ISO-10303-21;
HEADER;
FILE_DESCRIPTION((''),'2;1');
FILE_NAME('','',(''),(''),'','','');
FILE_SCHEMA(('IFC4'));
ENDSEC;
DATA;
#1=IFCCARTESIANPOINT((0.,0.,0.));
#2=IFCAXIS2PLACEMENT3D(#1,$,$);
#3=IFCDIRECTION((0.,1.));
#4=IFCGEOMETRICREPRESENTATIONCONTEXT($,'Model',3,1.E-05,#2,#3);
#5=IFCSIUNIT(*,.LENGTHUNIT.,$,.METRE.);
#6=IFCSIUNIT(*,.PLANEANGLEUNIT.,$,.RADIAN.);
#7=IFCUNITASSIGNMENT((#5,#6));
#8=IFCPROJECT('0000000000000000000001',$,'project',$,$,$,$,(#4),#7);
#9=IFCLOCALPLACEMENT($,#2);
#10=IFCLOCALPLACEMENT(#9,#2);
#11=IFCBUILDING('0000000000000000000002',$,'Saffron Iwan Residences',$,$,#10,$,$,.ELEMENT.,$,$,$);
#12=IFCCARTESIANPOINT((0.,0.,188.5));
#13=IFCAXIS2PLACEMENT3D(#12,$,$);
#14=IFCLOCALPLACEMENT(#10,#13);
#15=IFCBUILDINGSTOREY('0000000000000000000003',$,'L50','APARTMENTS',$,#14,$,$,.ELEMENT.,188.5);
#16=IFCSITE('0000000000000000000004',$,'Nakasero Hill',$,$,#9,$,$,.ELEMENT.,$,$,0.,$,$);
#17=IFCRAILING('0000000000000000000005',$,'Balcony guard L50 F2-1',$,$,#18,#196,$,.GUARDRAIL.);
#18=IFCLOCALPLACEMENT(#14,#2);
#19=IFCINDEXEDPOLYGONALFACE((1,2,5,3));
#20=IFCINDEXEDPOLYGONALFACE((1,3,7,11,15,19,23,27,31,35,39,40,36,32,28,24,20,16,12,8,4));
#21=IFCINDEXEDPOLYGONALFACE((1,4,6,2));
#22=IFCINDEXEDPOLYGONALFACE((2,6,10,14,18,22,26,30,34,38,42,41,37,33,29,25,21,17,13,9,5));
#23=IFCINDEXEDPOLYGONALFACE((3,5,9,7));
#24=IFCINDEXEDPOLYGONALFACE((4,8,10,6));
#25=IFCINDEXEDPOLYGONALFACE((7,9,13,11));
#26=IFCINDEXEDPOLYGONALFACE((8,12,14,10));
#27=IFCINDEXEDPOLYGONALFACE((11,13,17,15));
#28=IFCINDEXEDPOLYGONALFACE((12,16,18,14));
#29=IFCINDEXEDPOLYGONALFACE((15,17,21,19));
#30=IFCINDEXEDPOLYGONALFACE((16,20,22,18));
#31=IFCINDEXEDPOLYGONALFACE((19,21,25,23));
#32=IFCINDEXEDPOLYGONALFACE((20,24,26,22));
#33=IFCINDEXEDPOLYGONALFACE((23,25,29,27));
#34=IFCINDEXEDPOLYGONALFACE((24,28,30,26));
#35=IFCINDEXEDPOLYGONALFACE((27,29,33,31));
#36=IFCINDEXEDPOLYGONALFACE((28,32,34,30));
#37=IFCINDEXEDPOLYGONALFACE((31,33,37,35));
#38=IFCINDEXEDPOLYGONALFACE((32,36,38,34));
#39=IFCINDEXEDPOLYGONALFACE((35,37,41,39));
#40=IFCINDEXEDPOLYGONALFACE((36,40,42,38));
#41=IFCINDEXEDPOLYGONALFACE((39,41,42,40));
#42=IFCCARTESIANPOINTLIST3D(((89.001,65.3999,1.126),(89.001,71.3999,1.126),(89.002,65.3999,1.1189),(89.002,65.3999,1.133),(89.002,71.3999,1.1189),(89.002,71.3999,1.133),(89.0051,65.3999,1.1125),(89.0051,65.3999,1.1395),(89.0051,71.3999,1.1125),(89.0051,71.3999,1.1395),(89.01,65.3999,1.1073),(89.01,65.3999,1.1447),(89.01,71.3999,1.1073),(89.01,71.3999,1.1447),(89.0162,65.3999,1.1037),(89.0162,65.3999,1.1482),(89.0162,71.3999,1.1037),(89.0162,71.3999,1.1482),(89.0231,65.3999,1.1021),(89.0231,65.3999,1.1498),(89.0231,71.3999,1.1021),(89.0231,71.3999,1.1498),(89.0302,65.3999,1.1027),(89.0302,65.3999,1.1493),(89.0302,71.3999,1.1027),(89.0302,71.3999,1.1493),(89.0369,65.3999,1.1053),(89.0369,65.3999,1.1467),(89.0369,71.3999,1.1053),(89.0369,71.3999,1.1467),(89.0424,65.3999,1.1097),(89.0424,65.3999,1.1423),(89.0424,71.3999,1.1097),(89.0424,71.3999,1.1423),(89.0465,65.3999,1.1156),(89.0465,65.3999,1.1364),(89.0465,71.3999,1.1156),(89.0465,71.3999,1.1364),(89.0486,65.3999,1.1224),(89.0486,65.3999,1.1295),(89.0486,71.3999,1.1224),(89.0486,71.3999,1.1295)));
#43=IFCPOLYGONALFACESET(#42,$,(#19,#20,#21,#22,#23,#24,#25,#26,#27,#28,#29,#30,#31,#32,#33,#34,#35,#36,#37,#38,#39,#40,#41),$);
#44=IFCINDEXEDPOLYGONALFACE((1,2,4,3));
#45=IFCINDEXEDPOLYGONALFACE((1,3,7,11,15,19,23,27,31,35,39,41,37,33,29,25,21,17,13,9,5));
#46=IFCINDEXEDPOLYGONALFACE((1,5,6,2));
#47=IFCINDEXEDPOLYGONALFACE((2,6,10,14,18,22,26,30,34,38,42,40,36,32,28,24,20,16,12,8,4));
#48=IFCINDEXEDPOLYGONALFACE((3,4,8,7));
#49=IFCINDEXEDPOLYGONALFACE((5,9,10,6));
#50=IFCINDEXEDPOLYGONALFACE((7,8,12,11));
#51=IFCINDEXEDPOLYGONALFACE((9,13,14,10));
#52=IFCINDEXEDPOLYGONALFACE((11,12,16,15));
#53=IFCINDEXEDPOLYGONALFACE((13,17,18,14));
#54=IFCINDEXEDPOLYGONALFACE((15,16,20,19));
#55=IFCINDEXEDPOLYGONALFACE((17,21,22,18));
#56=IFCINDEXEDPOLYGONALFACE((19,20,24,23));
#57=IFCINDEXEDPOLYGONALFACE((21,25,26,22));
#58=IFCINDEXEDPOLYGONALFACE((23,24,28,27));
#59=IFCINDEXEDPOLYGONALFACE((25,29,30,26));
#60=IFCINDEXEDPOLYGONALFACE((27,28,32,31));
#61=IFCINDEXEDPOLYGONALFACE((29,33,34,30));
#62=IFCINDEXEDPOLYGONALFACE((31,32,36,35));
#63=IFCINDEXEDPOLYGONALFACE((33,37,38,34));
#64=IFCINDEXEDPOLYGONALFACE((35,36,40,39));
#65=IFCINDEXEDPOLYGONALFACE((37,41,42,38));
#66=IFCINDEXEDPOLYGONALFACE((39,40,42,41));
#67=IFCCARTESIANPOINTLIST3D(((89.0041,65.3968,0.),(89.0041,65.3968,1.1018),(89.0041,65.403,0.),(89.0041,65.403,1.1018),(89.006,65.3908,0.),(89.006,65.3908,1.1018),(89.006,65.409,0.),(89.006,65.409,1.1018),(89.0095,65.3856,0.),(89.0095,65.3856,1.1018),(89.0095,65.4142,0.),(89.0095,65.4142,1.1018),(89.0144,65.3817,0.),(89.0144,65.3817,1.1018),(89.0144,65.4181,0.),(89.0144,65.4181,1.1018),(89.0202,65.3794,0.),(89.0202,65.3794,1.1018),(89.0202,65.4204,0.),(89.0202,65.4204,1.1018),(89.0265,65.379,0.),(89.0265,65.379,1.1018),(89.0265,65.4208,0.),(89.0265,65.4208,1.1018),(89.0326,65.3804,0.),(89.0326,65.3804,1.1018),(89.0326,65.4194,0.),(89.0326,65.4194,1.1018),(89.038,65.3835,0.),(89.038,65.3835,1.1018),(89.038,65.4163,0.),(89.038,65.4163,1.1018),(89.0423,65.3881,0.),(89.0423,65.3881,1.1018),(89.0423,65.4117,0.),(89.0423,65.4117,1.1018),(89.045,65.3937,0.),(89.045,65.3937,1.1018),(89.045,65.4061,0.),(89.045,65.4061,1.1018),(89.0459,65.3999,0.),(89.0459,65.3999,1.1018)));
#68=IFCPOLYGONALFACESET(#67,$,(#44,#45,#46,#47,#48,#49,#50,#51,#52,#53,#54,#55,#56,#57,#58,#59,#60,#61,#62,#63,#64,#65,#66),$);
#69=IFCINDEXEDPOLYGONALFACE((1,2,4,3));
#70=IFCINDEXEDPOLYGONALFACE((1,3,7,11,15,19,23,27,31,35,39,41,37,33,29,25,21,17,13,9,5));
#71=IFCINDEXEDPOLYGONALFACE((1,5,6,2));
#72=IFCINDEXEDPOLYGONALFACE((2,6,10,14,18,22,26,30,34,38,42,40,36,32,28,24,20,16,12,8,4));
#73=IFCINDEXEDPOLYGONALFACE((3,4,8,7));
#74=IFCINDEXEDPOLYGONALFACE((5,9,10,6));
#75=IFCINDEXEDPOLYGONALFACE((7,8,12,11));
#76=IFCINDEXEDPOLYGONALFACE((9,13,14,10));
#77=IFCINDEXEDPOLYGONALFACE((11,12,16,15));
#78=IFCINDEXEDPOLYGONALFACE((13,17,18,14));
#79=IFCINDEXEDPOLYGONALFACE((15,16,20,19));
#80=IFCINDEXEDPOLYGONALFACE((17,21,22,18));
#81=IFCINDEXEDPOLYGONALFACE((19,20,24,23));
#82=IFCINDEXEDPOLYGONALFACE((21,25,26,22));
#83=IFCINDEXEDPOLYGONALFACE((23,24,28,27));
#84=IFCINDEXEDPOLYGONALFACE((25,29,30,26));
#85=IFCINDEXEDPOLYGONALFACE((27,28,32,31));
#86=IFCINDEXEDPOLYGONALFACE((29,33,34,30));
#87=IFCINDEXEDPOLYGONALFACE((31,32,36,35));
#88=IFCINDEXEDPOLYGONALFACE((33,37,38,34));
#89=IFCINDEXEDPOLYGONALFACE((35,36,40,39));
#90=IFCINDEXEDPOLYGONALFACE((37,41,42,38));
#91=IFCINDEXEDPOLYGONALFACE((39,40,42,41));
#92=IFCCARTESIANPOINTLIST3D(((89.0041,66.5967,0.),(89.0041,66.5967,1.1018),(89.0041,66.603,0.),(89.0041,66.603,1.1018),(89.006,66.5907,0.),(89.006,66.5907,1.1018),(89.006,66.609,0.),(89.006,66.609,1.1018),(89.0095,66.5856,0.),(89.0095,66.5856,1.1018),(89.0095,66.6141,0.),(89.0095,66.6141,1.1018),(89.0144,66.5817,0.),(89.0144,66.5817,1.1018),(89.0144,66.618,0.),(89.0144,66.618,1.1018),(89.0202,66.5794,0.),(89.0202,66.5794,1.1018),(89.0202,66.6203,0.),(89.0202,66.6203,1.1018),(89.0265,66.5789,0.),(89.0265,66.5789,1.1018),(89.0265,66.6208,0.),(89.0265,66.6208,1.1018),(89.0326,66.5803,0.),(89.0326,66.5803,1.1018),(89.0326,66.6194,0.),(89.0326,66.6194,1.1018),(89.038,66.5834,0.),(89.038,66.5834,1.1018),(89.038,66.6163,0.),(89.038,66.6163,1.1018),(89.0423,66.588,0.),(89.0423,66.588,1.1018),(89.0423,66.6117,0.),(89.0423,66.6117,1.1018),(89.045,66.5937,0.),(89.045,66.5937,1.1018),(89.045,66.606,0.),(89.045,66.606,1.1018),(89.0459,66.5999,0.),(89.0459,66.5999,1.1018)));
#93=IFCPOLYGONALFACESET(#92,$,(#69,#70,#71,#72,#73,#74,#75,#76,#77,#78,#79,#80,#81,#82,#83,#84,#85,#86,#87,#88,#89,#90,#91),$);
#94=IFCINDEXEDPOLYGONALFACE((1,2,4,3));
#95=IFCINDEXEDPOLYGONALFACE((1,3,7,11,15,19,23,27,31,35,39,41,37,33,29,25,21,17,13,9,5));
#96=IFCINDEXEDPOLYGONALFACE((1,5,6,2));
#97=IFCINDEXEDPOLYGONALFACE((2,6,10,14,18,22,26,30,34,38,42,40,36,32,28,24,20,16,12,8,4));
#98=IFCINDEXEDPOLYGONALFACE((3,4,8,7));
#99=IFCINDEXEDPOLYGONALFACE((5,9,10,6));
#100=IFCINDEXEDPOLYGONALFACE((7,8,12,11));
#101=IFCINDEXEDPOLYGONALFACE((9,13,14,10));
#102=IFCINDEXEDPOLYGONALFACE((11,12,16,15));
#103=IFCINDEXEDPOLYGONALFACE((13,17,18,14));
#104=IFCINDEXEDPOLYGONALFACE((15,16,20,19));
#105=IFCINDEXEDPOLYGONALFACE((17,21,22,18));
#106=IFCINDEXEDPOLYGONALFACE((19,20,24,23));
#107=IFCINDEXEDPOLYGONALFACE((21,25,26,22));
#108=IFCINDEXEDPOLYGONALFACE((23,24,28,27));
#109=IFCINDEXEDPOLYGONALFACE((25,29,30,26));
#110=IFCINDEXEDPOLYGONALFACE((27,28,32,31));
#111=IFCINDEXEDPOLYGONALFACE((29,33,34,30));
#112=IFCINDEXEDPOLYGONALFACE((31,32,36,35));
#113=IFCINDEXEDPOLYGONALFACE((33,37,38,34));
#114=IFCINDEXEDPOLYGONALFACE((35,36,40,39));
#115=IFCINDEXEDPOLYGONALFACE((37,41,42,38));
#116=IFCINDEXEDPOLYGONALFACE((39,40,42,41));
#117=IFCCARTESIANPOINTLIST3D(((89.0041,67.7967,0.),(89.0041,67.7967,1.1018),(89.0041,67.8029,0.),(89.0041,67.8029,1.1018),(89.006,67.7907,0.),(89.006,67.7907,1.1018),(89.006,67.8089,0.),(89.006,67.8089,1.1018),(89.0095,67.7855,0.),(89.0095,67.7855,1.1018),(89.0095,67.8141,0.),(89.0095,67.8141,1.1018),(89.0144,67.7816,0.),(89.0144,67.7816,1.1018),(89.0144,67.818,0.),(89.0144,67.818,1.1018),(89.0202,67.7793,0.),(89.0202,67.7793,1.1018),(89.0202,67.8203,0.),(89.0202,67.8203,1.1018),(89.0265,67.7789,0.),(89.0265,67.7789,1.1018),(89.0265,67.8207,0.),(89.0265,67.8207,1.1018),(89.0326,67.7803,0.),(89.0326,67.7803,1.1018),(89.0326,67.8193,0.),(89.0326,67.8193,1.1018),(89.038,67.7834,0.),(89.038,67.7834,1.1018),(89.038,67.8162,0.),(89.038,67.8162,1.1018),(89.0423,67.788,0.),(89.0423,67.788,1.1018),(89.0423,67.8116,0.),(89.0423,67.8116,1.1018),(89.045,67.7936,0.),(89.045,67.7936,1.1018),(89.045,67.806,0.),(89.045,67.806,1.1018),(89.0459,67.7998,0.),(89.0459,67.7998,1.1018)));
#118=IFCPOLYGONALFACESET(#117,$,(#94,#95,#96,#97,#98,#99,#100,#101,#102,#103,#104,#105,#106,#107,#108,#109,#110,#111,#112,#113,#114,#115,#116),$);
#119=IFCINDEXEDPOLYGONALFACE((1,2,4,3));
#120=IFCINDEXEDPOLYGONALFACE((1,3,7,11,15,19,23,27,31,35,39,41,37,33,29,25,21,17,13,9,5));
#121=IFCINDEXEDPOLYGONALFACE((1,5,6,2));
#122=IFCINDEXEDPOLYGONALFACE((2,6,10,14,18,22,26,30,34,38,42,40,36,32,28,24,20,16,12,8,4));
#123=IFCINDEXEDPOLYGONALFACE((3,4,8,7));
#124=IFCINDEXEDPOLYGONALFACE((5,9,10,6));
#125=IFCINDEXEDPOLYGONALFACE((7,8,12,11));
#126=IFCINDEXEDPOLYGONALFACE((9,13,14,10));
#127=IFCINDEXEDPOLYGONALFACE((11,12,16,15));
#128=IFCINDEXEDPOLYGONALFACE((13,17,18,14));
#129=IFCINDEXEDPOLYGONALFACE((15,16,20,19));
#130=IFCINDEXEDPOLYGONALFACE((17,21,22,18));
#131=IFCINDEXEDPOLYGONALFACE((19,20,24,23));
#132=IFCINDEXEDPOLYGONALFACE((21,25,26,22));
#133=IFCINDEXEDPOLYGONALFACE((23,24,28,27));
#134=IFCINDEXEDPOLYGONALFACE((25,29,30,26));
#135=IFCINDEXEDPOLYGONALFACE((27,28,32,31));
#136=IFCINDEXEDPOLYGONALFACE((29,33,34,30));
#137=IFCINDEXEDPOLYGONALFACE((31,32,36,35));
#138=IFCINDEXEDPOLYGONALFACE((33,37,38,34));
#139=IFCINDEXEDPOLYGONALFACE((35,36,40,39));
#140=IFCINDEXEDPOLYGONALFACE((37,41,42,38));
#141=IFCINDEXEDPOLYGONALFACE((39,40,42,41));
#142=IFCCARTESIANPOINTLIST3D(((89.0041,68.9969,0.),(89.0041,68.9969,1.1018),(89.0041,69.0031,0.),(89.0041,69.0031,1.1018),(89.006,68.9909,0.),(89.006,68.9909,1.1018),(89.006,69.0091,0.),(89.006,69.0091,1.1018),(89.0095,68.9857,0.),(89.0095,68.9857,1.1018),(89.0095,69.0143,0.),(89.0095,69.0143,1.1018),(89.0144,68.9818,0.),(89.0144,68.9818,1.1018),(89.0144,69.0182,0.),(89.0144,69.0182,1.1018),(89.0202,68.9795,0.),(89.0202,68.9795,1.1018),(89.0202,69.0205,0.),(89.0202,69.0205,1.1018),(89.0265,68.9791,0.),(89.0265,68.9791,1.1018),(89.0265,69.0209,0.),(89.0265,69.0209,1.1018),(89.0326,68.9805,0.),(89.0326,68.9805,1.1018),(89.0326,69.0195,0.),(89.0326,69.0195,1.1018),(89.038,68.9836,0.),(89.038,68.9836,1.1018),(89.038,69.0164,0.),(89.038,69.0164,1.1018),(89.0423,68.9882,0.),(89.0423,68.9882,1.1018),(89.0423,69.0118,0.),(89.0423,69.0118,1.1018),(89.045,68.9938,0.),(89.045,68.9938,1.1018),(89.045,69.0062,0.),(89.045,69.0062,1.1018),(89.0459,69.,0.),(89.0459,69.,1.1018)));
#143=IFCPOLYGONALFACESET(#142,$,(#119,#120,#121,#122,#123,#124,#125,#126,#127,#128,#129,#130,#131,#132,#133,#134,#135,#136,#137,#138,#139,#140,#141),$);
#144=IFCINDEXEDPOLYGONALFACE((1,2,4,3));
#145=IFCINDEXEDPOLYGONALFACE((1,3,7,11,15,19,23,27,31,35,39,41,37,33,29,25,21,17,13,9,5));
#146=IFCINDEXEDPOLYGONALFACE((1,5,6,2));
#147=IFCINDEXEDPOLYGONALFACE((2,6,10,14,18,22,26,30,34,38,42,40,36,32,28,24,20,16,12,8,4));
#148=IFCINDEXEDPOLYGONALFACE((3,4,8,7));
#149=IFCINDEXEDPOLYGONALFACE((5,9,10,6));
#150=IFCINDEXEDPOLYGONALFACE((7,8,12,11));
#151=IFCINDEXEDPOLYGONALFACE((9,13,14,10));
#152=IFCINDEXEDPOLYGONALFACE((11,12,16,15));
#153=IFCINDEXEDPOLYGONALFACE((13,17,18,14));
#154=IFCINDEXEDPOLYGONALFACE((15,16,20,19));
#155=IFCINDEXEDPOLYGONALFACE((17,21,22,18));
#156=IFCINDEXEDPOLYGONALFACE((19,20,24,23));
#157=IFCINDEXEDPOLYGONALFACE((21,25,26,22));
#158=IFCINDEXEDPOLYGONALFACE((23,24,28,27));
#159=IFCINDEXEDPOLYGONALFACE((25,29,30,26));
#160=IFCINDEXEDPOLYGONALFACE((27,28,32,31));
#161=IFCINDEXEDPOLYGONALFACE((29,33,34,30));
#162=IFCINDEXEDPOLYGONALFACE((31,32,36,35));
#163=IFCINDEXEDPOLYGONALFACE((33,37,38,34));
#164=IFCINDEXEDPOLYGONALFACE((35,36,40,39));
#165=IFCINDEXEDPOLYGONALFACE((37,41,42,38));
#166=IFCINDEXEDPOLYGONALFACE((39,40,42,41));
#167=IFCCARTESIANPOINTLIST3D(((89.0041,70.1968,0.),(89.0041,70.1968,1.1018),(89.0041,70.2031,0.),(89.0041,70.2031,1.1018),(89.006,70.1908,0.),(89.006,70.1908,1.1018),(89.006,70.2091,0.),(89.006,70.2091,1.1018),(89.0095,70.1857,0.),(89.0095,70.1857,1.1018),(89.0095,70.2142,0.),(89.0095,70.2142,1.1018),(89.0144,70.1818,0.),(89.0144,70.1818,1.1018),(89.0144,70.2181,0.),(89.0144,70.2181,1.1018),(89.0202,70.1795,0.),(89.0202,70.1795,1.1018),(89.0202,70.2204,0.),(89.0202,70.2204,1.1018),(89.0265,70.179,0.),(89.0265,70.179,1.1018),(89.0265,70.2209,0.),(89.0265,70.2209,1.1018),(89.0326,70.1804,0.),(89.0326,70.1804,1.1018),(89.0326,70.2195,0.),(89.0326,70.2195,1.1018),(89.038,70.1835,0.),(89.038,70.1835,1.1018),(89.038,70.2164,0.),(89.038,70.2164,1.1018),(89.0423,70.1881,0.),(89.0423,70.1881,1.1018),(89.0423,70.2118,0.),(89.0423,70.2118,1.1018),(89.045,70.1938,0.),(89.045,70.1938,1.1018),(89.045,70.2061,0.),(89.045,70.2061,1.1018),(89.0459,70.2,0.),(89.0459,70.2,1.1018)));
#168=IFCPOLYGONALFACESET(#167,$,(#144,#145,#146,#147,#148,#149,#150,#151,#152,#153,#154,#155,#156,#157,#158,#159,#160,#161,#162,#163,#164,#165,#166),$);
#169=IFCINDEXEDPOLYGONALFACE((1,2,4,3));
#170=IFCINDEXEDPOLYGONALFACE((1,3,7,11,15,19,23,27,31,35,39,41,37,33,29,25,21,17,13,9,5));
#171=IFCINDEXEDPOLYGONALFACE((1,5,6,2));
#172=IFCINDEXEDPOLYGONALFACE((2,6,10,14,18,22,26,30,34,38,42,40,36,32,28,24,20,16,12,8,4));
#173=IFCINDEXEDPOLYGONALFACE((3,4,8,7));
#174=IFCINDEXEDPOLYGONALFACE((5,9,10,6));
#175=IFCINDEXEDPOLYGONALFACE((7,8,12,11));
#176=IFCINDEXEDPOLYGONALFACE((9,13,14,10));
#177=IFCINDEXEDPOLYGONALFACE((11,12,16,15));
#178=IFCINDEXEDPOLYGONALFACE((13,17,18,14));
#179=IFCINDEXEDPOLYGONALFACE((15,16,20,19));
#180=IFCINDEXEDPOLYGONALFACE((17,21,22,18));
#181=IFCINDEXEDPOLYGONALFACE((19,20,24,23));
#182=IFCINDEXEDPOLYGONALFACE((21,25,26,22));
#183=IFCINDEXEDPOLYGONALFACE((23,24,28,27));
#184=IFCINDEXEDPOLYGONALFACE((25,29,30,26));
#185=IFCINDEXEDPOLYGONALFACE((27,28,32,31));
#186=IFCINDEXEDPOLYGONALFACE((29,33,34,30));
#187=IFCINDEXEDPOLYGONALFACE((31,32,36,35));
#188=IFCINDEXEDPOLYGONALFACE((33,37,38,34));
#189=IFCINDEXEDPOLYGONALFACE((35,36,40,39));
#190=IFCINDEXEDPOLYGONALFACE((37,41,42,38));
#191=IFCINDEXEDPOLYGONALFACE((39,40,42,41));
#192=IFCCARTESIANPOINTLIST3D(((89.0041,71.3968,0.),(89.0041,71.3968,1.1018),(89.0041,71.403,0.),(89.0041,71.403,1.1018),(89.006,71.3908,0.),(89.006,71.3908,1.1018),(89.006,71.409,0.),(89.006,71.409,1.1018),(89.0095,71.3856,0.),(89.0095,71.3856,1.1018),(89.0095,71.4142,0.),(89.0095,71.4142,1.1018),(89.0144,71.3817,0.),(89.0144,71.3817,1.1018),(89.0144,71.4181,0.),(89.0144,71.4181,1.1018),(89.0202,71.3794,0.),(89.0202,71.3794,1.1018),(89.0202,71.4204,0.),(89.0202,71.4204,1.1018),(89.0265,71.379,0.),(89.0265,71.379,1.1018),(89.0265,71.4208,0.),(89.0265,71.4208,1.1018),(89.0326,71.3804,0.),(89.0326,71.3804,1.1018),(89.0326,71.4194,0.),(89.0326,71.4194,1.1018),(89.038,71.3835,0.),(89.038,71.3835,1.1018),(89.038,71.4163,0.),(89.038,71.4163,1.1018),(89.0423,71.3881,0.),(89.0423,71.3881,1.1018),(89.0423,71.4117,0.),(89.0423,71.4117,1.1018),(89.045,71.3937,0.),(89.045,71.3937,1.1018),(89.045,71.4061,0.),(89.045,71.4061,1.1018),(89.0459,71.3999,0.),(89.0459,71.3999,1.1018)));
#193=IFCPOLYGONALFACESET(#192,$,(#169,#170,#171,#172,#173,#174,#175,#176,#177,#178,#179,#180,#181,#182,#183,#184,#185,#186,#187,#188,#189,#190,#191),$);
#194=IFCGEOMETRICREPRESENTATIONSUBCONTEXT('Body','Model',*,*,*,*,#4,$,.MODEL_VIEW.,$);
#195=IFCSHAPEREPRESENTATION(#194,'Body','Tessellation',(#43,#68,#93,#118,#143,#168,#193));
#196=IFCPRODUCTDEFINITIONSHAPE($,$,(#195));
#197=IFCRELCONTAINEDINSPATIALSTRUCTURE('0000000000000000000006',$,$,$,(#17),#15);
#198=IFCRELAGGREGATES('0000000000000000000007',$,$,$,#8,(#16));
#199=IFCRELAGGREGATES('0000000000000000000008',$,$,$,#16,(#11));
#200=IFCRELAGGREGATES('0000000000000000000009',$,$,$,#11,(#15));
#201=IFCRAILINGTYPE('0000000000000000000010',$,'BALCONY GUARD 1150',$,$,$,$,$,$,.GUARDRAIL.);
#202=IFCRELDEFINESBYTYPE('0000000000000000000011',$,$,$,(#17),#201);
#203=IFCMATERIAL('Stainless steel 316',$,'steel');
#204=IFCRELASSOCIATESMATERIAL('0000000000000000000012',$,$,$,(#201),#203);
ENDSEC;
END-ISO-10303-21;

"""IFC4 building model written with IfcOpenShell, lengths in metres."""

from ifc_helpers import new_model, si_unit, direction, frame, origin, origin_2d, place, context, subcontext, project, spatial, circle, extrude, material, type_object, element, save


model = new_model("IFC4")

# Units and contexts
model_context = context("Model", 3, precision=1e-05, world=origin(), true_north=direction((0.0, 1.0)))
body_context = subcontext(model_context, "Body", "Model", "MODEL_VIEW")
ifc_project = project(units=[si_unit("LENGTHUNIT", "METRE"), si_unit("PLANEANGLEUNIT", "RADIAN")], contexts=[model_context])

# Site, building, storey
site_placement = place(None, origin())
site = spatial("IfcSite", under=ifc_project, at=site_placement, Name="Nakasero Hill", CompositionType="ELEMENT", RefElevation=0.0)
building_placement = place(site_placement, origin())
building = spatial("IfcBuilding", under=site, at=building_placement, Name="Saffron Iwan Residences", CompositionType="ELEMENT")
storey_placement = place(building_placement, frame((0.0, 0.0, 188.5)))
storey = spatial("IfcBuildingStorey", under=building, at=storey_placement, Name="L50", Description="APARTMENTS", CompositionType="ELEMENT", Elevation=188.5)

# Railing
ifc_material_1 = material(Name="Stainless steel 316", Category="steel")
railing_type_1 = type_object("IfcRailingType", Name="BALCONY GUARD 1150", PredefinedType="GUARDRAIL", material=ifc_material_1)
railing_1_placement = place(storey_placement, frame((89.0249, 65.3999, 0.0)))
element("IfcRailing", 1, at=railing_1_placement, inside=storey, type_object=railing_type_1, Name="Balcony guard L50 F2-1", PredefinedType="GUARDRAIL", context=body_context, shape_type="SweptSolid", body=[
    extrude(circle(Radius=0.0239, at=origin_2d()), frame((0.0, 0.0, 1.126), z_axis=(0.0, 1.0, 0.0), x_axis=(-1.0, 0.0, 0.0)), (0.0, 0.0, 1.0), 6.0),
    extrude(circle(Radius=0.021, at=origin_2d()), origin(), (0.0, 0.0, 1.0), 1.1018),
    extrude(circle(Radius=0.021, at=origin_2d()), frame((0.0, 1.2, 0.0)), (0.0, 0.0, 1.0), 1.1018),
    extrude(circle(Radius=0.021, at=origin_2d()), frame((0.0, 2.3999, 0.0)), (0.0, 0.0, 1.0), 1.1018),
    extrude(circle(Radius=0.021, at=origin_2d()), frame((0.0, 3.6001, 0.0)), (0.0, 0.0, 1.0), 1.1018),
    extrude(circle(Radius=0.021, at=origin_2d()), frame((0.0, 4.8, 0.0)), (0.0, 0.0, 1.0), 1.1018),
    extrude(circle(Radius=0.021, at=origin_2d()), frame((0.0, 6.0, 0.0)), (0.0, 0.0, 1.0), 1.1018),
])

save(model, "model.ifc")
